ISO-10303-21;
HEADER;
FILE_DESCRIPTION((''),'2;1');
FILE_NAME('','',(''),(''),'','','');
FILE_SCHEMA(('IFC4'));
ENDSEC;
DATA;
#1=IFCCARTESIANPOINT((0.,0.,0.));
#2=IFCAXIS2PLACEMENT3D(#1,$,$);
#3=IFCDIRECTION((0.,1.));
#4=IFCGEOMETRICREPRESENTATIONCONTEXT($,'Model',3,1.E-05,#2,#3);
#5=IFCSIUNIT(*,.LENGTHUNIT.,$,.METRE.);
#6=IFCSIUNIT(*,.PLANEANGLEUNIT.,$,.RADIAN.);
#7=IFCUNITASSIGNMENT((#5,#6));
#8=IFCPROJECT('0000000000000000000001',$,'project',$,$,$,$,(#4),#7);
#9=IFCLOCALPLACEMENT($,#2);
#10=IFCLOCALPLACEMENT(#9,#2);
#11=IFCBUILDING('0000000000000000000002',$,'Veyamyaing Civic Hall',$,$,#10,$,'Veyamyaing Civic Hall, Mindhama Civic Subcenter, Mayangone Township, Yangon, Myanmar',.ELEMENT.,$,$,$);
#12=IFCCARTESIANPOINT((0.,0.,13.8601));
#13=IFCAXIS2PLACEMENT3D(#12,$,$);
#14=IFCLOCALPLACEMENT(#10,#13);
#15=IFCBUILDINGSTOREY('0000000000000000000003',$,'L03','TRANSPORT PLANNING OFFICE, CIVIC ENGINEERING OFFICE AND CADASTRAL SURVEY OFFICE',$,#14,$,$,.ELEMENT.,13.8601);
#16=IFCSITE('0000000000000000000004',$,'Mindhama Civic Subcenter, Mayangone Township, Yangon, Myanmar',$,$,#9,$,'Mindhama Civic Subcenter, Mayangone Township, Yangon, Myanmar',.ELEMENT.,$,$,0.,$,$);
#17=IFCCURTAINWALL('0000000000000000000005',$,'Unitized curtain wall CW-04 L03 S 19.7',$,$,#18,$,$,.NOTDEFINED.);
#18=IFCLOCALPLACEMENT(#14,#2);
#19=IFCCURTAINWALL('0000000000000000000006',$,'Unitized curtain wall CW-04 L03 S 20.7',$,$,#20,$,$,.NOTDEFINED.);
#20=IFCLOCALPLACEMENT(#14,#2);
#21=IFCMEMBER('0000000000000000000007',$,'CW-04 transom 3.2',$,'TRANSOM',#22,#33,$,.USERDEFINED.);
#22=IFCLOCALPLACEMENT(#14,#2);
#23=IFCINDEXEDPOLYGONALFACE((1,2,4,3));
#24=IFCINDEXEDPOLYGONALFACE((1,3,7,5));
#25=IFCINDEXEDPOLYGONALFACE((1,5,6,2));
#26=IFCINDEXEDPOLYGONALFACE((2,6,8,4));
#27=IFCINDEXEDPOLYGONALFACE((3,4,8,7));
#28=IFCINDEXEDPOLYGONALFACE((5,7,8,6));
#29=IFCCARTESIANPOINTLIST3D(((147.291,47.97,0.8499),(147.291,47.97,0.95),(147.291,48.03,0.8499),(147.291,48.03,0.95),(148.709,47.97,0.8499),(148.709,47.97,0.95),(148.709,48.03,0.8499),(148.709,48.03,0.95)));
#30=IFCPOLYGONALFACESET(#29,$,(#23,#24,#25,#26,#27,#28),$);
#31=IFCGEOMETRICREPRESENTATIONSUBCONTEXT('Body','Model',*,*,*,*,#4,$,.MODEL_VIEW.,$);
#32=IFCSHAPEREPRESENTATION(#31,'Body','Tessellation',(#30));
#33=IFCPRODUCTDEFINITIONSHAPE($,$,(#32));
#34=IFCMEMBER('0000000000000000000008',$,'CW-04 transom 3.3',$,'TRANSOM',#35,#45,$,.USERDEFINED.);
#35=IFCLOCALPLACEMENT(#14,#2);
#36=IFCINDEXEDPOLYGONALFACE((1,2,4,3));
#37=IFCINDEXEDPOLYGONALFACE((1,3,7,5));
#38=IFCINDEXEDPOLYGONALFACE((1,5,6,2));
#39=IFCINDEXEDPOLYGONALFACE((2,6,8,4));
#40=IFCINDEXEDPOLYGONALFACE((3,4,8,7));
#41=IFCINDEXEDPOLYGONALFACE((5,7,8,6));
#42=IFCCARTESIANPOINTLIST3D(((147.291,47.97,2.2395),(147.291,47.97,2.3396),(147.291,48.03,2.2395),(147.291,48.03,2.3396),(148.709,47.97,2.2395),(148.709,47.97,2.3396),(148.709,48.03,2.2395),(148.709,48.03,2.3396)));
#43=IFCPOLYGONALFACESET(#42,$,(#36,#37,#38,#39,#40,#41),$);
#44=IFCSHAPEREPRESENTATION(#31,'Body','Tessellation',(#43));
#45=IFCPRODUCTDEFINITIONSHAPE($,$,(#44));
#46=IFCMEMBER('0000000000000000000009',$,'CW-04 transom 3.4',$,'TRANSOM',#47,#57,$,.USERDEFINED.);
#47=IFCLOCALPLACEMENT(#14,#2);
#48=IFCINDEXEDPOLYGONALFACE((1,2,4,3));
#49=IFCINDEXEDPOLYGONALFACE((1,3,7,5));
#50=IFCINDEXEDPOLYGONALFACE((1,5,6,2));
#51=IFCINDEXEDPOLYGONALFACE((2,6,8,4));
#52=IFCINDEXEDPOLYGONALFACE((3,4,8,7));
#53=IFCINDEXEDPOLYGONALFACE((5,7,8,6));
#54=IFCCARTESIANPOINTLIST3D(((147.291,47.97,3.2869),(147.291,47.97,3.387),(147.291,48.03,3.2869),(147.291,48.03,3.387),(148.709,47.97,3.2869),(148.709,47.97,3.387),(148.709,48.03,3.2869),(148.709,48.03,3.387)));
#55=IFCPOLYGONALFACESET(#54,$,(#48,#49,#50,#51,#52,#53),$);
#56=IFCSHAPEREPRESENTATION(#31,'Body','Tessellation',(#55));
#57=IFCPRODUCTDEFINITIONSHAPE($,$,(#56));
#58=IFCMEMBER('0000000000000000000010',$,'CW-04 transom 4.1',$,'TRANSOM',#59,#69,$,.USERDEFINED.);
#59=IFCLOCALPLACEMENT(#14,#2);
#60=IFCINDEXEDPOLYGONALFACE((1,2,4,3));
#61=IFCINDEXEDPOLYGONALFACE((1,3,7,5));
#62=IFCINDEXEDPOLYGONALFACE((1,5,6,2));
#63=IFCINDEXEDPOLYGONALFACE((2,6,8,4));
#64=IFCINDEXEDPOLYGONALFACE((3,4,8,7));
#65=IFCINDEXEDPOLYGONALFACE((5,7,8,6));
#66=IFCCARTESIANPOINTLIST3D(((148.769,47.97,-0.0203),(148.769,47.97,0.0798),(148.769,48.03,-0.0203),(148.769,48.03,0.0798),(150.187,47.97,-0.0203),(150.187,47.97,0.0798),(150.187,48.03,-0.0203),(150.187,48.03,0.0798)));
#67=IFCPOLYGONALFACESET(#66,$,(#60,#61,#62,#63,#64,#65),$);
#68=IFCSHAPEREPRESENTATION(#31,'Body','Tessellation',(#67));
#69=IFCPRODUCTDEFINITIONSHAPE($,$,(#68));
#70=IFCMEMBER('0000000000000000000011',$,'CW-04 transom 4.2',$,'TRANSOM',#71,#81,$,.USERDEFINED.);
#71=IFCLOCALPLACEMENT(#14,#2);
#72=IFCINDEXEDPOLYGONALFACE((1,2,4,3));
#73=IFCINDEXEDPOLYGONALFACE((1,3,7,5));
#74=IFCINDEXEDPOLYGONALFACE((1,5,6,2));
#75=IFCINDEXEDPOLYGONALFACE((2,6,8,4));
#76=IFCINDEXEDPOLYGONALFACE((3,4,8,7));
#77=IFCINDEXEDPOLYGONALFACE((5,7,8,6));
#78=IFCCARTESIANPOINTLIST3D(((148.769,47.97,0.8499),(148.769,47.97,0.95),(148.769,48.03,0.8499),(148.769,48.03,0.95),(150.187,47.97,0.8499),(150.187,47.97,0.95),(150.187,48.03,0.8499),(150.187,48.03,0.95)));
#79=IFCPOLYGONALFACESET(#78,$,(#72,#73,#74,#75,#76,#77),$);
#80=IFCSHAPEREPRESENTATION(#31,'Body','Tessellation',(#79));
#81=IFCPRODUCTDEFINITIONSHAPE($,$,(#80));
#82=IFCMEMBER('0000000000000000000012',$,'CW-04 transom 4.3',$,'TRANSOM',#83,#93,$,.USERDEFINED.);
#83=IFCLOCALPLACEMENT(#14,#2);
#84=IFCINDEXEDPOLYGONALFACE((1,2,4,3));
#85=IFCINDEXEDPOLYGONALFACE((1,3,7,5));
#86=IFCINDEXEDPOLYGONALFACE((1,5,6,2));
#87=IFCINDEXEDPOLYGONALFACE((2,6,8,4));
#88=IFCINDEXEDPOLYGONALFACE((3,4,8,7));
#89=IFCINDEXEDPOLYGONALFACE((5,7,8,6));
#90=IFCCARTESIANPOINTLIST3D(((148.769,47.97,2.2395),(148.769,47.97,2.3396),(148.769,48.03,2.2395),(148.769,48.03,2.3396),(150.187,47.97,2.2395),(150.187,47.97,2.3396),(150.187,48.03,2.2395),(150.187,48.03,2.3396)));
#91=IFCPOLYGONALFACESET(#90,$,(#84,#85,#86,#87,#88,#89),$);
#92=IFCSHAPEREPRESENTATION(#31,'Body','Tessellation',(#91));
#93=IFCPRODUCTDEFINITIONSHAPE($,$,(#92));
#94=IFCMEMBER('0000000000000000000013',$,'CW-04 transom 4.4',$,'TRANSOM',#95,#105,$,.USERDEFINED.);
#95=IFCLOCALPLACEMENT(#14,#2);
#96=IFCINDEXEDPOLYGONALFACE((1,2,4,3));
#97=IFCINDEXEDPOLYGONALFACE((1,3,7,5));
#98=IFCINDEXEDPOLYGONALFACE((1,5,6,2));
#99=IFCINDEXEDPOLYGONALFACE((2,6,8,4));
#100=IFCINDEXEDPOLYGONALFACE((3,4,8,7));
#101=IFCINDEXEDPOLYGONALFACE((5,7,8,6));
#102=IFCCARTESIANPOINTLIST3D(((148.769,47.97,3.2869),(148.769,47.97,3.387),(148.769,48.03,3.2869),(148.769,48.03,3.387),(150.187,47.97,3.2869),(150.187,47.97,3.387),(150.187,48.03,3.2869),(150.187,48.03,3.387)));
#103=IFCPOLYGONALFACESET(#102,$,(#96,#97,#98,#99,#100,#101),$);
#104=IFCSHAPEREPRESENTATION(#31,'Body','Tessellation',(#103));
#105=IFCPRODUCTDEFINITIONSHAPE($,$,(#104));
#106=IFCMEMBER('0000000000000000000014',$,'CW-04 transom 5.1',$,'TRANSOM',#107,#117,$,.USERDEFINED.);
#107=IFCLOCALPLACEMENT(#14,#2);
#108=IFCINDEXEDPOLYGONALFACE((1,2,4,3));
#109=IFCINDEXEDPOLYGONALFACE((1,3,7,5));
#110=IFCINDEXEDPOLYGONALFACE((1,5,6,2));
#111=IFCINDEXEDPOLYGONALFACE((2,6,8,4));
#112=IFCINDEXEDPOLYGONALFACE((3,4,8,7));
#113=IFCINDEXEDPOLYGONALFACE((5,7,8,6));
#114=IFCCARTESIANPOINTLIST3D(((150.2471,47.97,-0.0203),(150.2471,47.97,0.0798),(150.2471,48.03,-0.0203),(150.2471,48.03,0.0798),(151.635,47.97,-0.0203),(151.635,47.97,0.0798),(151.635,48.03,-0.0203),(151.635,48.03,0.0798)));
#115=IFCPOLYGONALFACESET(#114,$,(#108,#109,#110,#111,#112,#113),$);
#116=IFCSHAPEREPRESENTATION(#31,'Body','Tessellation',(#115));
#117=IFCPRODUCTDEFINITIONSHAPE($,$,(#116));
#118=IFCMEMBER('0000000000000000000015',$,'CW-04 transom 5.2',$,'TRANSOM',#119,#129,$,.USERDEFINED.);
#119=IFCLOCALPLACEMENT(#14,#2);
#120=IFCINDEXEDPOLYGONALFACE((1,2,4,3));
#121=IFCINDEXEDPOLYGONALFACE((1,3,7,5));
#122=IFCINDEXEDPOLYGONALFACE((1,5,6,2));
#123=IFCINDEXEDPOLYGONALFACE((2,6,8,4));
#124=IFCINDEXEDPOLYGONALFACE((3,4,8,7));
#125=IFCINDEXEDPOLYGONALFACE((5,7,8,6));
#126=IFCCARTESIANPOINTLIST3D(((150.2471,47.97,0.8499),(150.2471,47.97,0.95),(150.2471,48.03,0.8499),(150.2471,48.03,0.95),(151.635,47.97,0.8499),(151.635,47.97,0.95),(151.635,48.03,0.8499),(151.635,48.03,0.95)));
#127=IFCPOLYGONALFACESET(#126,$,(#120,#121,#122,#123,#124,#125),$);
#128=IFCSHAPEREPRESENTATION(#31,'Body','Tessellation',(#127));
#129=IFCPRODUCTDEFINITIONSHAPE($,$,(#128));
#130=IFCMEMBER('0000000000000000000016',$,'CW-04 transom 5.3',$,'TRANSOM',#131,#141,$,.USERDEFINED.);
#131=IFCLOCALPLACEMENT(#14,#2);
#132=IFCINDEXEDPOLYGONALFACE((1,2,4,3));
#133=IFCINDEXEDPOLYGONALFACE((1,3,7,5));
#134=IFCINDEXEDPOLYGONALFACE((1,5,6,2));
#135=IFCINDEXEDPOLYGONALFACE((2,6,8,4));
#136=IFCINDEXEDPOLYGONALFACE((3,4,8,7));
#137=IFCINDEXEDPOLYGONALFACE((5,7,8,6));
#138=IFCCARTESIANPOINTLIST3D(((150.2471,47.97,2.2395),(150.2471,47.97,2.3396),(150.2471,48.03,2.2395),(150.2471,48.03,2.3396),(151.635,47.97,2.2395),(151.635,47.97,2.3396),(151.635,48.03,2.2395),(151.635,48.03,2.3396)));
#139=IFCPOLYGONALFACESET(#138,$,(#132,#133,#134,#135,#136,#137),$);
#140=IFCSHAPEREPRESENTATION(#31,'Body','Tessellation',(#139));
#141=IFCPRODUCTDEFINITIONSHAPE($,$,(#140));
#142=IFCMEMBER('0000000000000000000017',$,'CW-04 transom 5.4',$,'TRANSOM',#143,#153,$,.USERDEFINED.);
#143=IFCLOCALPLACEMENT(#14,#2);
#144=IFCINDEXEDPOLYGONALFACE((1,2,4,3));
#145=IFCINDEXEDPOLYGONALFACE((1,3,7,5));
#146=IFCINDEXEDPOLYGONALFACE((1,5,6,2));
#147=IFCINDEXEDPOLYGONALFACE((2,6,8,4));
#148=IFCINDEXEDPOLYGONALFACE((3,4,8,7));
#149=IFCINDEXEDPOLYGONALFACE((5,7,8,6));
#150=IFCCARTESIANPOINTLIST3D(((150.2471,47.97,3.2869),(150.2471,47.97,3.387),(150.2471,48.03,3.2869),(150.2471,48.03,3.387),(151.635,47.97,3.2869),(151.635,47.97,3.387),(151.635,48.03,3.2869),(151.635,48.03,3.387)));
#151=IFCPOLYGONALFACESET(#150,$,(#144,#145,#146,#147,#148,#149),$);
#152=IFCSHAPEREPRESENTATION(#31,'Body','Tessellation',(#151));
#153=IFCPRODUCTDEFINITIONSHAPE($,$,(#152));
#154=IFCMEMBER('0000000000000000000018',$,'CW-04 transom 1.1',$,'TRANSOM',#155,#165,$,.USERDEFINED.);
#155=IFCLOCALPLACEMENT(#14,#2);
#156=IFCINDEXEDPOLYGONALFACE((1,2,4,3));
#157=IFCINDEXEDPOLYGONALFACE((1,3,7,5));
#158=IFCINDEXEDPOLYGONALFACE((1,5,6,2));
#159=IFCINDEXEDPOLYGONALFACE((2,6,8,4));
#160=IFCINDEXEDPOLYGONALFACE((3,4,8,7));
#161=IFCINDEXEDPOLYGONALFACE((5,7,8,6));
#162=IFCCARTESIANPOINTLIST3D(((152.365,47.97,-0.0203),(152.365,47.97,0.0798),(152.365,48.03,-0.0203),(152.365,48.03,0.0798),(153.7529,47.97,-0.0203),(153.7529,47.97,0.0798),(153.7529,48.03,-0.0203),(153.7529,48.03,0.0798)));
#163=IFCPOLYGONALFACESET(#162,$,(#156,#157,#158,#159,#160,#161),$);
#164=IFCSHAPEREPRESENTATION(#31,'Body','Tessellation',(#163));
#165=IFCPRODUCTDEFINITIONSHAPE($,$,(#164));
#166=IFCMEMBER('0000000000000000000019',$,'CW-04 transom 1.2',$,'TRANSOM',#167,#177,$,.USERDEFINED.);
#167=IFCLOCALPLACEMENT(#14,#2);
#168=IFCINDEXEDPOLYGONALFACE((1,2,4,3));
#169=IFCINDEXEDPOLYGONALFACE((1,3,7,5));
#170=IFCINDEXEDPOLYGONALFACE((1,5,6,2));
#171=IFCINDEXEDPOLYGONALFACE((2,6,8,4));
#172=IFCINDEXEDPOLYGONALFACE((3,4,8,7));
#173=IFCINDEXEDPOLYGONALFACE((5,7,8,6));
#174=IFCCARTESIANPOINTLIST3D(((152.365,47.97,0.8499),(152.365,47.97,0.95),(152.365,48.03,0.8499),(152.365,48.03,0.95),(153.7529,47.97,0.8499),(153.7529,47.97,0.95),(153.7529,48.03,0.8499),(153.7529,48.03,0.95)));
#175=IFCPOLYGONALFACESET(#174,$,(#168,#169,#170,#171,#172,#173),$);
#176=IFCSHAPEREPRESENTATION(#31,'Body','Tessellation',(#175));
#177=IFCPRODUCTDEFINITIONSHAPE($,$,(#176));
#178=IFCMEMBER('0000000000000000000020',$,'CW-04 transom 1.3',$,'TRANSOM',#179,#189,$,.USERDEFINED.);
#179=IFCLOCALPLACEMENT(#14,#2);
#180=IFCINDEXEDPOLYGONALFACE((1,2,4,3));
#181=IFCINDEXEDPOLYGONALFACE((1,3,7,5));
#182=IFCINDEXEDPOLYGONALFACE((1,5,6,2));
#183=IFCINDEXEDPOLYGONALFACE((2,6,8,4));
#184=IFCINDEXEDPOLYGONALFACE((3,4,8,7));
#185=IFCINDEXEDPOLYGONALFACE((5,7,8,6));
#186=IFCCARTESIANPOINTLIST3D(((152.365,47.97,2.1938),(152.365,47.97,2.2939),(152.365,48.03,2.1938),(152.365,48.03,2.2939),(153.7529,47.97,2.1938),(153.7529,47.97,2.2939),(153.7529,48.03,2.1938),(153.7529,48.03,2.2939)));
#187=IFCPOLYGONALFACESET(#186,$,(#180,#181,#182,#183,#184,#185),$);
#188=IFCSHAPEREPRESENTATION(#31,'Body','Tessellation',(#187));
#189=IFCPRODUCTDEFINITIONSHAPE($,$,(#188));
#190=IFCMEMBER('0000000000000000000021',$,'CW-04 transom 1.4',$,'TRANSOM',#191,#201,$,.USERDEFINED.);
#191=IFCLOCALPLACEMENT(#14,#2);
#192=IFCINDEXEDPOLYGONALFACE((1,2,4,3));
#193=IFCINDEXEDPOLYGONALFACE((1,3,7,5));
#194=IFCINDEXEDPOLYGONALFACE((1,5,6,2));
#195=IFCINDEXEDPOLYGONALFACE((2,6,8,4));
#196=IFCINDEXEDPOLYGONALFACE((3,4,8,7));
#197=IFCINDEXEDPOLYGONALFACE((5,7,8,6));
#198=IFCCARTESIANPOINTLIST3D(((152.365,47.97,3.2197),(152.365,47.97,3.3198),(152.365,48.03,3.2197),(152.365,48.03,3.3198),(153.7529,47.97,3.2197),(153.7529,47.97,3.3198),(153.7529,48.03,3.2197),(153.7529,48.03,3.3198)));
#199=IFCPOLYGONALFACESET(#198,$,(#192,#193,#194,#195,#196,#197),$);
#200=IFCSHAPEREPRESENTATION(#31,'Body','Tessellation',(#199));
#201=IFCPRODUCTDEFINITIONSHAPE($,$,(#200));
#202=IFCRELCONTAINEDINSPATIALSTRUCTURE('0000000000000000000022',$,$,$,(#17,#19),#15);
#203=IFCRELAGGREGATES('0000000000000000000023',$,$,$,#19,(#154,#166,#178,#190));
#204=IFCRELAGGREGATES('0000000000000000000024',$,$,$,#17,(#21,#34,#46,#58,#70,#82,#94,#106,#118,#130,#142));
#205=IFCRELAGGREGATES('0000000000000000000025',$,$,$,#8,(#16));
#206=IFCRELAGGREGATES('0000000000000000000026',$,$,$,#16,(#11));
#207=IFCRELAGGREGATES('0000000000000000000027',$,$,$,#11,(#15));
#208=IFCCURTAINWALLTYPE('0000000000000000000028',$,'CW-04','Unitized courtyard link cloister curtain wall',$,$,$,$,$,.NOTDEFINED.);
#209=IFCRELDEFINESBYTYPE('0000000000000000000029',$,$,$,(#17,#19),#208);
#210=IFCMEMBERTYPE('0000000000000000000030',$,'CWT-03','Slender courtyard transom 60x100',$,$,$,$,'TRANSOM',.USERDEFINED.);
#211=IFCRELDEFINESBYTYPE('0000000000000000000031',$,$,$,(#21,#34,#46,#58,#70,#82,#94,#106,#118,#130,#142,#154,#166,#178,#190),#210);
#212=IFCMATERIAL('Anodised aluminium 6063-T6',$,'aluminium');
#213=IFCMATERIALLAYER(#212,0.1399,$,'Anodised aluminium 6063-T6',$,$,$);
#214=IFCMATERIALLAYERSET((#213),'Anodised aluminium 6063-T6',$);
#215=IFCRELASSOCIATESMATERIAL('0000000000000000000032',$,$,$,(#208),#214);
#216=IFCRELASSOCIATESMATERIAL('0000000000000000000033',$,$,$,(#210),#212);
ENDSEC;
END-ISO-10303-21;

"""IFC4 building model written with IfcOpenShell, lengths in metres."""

from ifc_helpers import new_model, si_unit, direction, frame, origin, origin_2d, place, context, subcontext, project, spatial, rectangle, extrude, material, layer, layer_set, material_profile, profile_set, type_object, element, aggregate, save


model = new_model("IFC4")

# Units and contexts
model_context = context("Model", 3, precision=1e-05, world=origin(), true_north=direction((0.0, 1.0)))
body_context = subcontext(model_context, "Body", "Model", "MODEL_VIEW")
ifc_project = project(units=[si_unit("LENGTHUNIT", "METRE"), si_unit("PLANEANGLEUNIT", "RADIAN")], contexts=[model_context])

# Site, building, storey
site_placement = place(None, origin())
site = spatial("IfcSite", under=ifc_project, at=site_placement, Name="Mindhama Civic Subcenter, Mayangone Township, Yangon, Myanmar", LongName="Mindhama Civic Subcenter, Mayangone Township, Yangon, Myanmar", CompositionType="ELEMENT", RefElevation=0.0)
building_placement = place(site_placement, origin())
building = spatial("IfcBuilding", under=site, at=building_placement, Name="Veyamyaing Civic Hall", LongName="Veyamyaing Civic Hall, Mindhama Civic Subcenter, Mayangone Township, Yangon, Myanmar", CompositionType="ELEMENT")
storey_placement = place(building_placement, frame((0.0, 0.0, 13.8601)))
storey = spatial("IfcBuildingStorey", under=building, at=storey_placement, Name="L03", Description="TRANSPORT PLANNING OFFICE, CIVIC ENGINEERING OFFICE AND CADASTRAL SURVEY OFFICE", CompositionType="ELEMENT", Elevation=13.8601)

# Curtain wall
ifc_material_1 = material(Name="Anodised aluminium 6063-T6", Category="aluminium")
ifc_layer_1 = layer(ifc_material_1, 0.1399, Name="Anodised aluminium 6063-T6")
ifc_layer_set_1 = layer_set([ifc_layer_1], Name="Anodised aluminium 6063-T6")
curtain_wall_type = type_object("IfcCurtainWallType", Name="CW-04", Description="Unitized courtyard link cloister curtain wall", PredefinedType="NOTDEFINED", material=ifc_layer_set_1)
curtain_wall_1_placement = place(storey_placement, origin())
curtain_wall_1 = element("IfcCurtainWall", 1, at=curtain_wall_1_placement, inside=storey, type_object=curtain_wall_type, Name="Unitized curtain wall CW-04 L03 S 19.7", PredefinedType="NOTDEFINED")

# Curtain wall
curtain_wall_2_placement = place(storey_placement, origin())
curtain_wall_2 = element("IfcCurtainWall", 2, at=curtain_wall_2_placement, inside=storey, type_object=curtain_wall_type, Name="Unitized curtain wall CW-04 L03 S 20.7", PredefinedType="NOTDEFINED")

# Members
ifc_material_profile_1 = material_profile(ifc_material_1, rectangle(XDim=0.0601, YDim=0.1001, at=origin_2d()), Name="ALU-TRN-60X100")
ifc_profile_set_1 = profile_set([ifc_material_profile_1], Name="Anodised aluminium 6063-T6")
member_type_1 = type_object("IfcMemberType", Name="CWT-03", Description="Slender courtyard transom 60x100", ElementType="TRANSOM", PredefinedType="USERDEFINED", material=ifc_profile_set_1)
member_1_placement = place(storey_placement, frame((147.291, 48.0, 0.8999), z_axis=(1.0, 0.0, 0.0), x_axis=(0.0, 1.0, 0.0)))
member_1 = element("IfcMember", 3, at=member_1_placement, type_object=member_type_1, Name="CW-04 transom 3.2", ObjectType="TRANSOM", PredefinedType="USERDEFINED", context=body_context, shape_type="SweptSolid", body=[
    extrude(rectangle(XDim=0.0601, YDim=0.1001, at=origin_2d()), origin(), (0.0, 0.0, 1.0), 1.418),
])
member_2_placement = place(storey_placement, frame((147.291, 48.0, 2.2896), z_axis=(1.0, 0.0, 0.0), x_axis=(0.0, 1.0, 0.0)))
member_2 = element("IfcMember", 4, at=member_2_placement, type_object=member_type_1, Name="CW-04 transom 3.3", ObjectType="TRANSOM", PredefinedType="USERDEFINED", context=body_context, shape_type="SweptSolid", body=[
    extrude(rectangle(XDim=0.0601, YDim=0.1001, at=origin_2d()), origin(), (0.0, 0.0, 1.0), 1.418),
])
member_3_placement = place(storey_placement, frame((147.291, 48.0, 3.3369), z_axis=(1.0, 0.0, 0.0), x_axis=(0.0, 1.0, 0.0)))
member_3 = element("IfcMember", 5, at=member_3_placement, type_object=member_type_1, Name="CW-04 transom 3.4", ObjectType="TRANSOM", PredefinedType="USERDEFINED", context=body_context, shape_type="SweptSolid", body=[
    extrude(rectangle(XDim=0.0601, YDim=0.1001, at=origin_2d()), origin(), (0.0, 0.0, 1.0), 1.418),
])
member_4_placement = place(storey_placement, frame((148.769, 48.0, 0.0298), z_axis=(1.0, 0.0, 0.0), x_axis=(0.0, 1.0, 0.0)))
member_4 = element("IfcMember", 6, at=member_4_placement, type_object=member_type_1, Name="CW-04 transom 4.1", ObjectType="TRANSOM", PredefinedType="USERDEFINED", context=body_context, shape_type="SweptSolid", body=[
    extrude(rectangle(XDim=0.0601, YDim=0.1001, at=origin_2d()), origin(), (0.0, 0.0, 1.0), 1.418),
])
member_5_placement = place(storey_placement, frame((148.769, 48.0, 0.8999), z_axis=(1.0, 0.0, 0.0), x_axis=(0.0, 1.0, 0.0)))
member_5 = element("IfcMember", 7, at=member_5_placement, type_object=member_type_1, Name="CW-04 transom 4.2", ObjectType="TRANSOM", PredefinedType="USERDEFINED", context=body_context, shape_type="SweptSolid", body=[
    extrude(rectangle(XDim=0.0601, YDim=0.1001, at=origin_2d()), origin(), (0.0, 0.0, 1.0), 1.418),
])
member_6_placement = place(storey_placement, frame((148.769, 48.0, 2.2896), z_axis=(1.0, 0.0, 0.0), x_axis=(0.0, 1.0, 0.0)))
member_6 = element("IfcMember", 8, at=member_6_placement, type_object=member_type_1, Name="CW-04 transom 4.3", ObjectType="TRANSOM", PredefinedType="USERDEFINED", context=body_context, shape_type="SweptSolid", body=[
    extrude(rectangle(XDim=0.0601, YDim=0.1001, at=origin_2d()), origin(), (0.0, 0.0, 1.0), 1.418),
])
member_7_placement = place(storey_placement, frame((148.769, 48.0, 3.3369), z_axis=(1.0, 0.0, 0.0), x_axis=(0.0, 1.0, 0.0)))
member_7 = element("IfcMember", 9, at=member_7_placement, type_object=member_type_1, Name="CW-04 transom 4.4", ObjectType="TRANSOM", PredefinedType="USERDEFINED", context=body_context, shape_type="SweptSolid", body=[
    extrude(rectangle(XDim=0.0601, YDim=0.1001, at=origin_2d()), origin(), (0.0, 0.0, 1.0), 1.418),
])
member_8_placement = place(storey_placement, frame((150.2471, 48.0, 0.0298), z_axis=(1.0, 0.0, 0.0), x_axis=(0.0, 1.0, 0.0)))
member_8 = element("IfcMember", 10, at=member_8_placement, type_object=member_type_1, Name="CW-04 transom 5.1", ObjectType="TRANSOM", PredefinedType="USERDEFINED", context=body_context, shape_type="SweptSolid", body=[
    extrude(rectangle(XDim=0.0601, YDim=0.1001, at=origin_2d()), origin(), (0.0, 0.0, 1.0), 1.3879),
])
member_9_placement = place(storey_placement, frame((150.2471, 48.0, 0.8999), z_axis=(1.0, 0.0, 0.0), x_axis=(0.0, 1.0, 0.0)))
member_9 = element("IfcMember", 11, at=member_9_placement, type_object=member_type_1, Name="CW-04 transom 5.2", ObjectType="TRANSOM", PredefinedType="USERDEFINED", context=body_context, shape_type="SweptSolid", body=[
    extrude(rectangle(XDim=0.0601, YDim=0.1001, at=origin_2d()), origin(), (0.0, 0.0, 1.0), 1.3879),
])
member_10_placement = place(storey_placement, frame((150.2471, 48.0, 2.2896), z_axis=(1.0, 0.0, 0.0), x_axis=(0.0, 1.0, 0.0)))
member_10 = element("IfcMember", 12, at=member_10_placement, type_object=member_type_1, Name="CW-04 transom 5.3", ObjectType="TRANSOM", PredefinedType="USERDEFINED", context=body_context, shape_type="SweptSolid", body=[
    extrude(rectangle(XDim=0.0601, YDim=0.1001, at=origin_2d()), origin(), (0.0, 0.0, 1.0), 1.3879),
])
member_11_placement = place(storey_placement, frame((150.2471, 48.0, 3.3369), z_axis=(1.0, 0.0, 0.0), x_axis=(0.0, 1.0, 0.0)))
member_11 = element("IfcMember", 13, at=member_11_placement, type_object=member_type_1, Name="CW-04 transom 5.4", ObjectType="TRANSOM", PredefinedType="USERDEFINED", context=body_context, shape_type="SweptSolid", body=[
    extrude(rectangle(XDim=0.0601, YDim=0.1001, at=origin_2d()), origin(), (0.0, 0.0, 1.0), 1.3879),
])
member_12_placement = place(storey_placement, frame((152.365, 48.0, 0.0298), z_axis=(1.0, 0.0, 0.0), x_axis=(0.0, 1.0, 0.0)))
member_12 = element("IfcMember", 14, at=member_12_placement, type_object=member_type_1, Name="CW-04 transom 1.1", ObjectType="TRANSOM", PredefinedType="USERDEFINED", context=body_context, shape_type="SweptSolid", body=[
    extrude(rectangle(XDim=0.0601, YDim=0.1001, at=origin_2d()), origin(), (0.0, 0.0, 1.0), 1.3879),
])
member_13_placement = place(storey_placement, frame((152.365, 48.0, 0.8999), z_axis=(1.0, 0.0, 0.0), x_axis=(0.0, 1.0, 0.0)))
member_13 = element("IfcMember", 15, at=member_13_placement, type_object=member_type_1, Name="CW-04 transom 1.2", ObjectType="TRANSOM", PredefinedType="USERDEFINED", context=body_context, shape_type="SweptSolid", body=[
    extrude(rectangle(XDim=0.0601, YDim=0.1001, at=origin_2d()), origin(), (0.0, 0.0, 1.0), 1.3879),
])
member_14_placement = place(storey_placement, frame((152.365, 48.0, 2.2439), z_axis=(1.0, 0.0, 0.0), x_axis=(0.0, 1.0, 0.0)))
member_14 = element("IfcMember", 16, at=member_14_placement, type_object=member_type_1, Name="CW-04 transom 1.3", ObjectType="TRANSOM", PredefinedType="USERDEFINED", context=body_context, shape_type="SweptSolid", body=[
    extrude(rectangle(XDim=0.0601, YDim=0.1001, at=origin_2d()), origin(), (0.0, 0.0, 1.0), 1.3879),
])
member_15_placement = place(storey_placement, frame((152.365, 48.0, 3.2698), z_axis=(1.0, 0.0, 0.0), x_axis=(0.0, 1.0, 0.0)))
member_15 = element("IfcMember", 17, at=member_15_placement, type_object=member_type_1, Name="CW-04 transom 1.4", ObjectType="TRANSOM", PredefinedType="USERDEFINED", context=body_context, shape_type="SweptSolid", body=[
    extrude(rectangle(XDim=0.0601, YDim=0.1001, at=origin_2d()), origin(), (0.0, 0.0, 1.0), 1.3879),
])
aggregate(curtain_wall_2, [member_12, member_13, member_14, member_15])

aggregate(curtain_wall_1, [member_1, member_2, member_3, member_4, member_5, member_6, member_7, member_8, member_9, member_10, member_11])

save(model, "model.ifc")
